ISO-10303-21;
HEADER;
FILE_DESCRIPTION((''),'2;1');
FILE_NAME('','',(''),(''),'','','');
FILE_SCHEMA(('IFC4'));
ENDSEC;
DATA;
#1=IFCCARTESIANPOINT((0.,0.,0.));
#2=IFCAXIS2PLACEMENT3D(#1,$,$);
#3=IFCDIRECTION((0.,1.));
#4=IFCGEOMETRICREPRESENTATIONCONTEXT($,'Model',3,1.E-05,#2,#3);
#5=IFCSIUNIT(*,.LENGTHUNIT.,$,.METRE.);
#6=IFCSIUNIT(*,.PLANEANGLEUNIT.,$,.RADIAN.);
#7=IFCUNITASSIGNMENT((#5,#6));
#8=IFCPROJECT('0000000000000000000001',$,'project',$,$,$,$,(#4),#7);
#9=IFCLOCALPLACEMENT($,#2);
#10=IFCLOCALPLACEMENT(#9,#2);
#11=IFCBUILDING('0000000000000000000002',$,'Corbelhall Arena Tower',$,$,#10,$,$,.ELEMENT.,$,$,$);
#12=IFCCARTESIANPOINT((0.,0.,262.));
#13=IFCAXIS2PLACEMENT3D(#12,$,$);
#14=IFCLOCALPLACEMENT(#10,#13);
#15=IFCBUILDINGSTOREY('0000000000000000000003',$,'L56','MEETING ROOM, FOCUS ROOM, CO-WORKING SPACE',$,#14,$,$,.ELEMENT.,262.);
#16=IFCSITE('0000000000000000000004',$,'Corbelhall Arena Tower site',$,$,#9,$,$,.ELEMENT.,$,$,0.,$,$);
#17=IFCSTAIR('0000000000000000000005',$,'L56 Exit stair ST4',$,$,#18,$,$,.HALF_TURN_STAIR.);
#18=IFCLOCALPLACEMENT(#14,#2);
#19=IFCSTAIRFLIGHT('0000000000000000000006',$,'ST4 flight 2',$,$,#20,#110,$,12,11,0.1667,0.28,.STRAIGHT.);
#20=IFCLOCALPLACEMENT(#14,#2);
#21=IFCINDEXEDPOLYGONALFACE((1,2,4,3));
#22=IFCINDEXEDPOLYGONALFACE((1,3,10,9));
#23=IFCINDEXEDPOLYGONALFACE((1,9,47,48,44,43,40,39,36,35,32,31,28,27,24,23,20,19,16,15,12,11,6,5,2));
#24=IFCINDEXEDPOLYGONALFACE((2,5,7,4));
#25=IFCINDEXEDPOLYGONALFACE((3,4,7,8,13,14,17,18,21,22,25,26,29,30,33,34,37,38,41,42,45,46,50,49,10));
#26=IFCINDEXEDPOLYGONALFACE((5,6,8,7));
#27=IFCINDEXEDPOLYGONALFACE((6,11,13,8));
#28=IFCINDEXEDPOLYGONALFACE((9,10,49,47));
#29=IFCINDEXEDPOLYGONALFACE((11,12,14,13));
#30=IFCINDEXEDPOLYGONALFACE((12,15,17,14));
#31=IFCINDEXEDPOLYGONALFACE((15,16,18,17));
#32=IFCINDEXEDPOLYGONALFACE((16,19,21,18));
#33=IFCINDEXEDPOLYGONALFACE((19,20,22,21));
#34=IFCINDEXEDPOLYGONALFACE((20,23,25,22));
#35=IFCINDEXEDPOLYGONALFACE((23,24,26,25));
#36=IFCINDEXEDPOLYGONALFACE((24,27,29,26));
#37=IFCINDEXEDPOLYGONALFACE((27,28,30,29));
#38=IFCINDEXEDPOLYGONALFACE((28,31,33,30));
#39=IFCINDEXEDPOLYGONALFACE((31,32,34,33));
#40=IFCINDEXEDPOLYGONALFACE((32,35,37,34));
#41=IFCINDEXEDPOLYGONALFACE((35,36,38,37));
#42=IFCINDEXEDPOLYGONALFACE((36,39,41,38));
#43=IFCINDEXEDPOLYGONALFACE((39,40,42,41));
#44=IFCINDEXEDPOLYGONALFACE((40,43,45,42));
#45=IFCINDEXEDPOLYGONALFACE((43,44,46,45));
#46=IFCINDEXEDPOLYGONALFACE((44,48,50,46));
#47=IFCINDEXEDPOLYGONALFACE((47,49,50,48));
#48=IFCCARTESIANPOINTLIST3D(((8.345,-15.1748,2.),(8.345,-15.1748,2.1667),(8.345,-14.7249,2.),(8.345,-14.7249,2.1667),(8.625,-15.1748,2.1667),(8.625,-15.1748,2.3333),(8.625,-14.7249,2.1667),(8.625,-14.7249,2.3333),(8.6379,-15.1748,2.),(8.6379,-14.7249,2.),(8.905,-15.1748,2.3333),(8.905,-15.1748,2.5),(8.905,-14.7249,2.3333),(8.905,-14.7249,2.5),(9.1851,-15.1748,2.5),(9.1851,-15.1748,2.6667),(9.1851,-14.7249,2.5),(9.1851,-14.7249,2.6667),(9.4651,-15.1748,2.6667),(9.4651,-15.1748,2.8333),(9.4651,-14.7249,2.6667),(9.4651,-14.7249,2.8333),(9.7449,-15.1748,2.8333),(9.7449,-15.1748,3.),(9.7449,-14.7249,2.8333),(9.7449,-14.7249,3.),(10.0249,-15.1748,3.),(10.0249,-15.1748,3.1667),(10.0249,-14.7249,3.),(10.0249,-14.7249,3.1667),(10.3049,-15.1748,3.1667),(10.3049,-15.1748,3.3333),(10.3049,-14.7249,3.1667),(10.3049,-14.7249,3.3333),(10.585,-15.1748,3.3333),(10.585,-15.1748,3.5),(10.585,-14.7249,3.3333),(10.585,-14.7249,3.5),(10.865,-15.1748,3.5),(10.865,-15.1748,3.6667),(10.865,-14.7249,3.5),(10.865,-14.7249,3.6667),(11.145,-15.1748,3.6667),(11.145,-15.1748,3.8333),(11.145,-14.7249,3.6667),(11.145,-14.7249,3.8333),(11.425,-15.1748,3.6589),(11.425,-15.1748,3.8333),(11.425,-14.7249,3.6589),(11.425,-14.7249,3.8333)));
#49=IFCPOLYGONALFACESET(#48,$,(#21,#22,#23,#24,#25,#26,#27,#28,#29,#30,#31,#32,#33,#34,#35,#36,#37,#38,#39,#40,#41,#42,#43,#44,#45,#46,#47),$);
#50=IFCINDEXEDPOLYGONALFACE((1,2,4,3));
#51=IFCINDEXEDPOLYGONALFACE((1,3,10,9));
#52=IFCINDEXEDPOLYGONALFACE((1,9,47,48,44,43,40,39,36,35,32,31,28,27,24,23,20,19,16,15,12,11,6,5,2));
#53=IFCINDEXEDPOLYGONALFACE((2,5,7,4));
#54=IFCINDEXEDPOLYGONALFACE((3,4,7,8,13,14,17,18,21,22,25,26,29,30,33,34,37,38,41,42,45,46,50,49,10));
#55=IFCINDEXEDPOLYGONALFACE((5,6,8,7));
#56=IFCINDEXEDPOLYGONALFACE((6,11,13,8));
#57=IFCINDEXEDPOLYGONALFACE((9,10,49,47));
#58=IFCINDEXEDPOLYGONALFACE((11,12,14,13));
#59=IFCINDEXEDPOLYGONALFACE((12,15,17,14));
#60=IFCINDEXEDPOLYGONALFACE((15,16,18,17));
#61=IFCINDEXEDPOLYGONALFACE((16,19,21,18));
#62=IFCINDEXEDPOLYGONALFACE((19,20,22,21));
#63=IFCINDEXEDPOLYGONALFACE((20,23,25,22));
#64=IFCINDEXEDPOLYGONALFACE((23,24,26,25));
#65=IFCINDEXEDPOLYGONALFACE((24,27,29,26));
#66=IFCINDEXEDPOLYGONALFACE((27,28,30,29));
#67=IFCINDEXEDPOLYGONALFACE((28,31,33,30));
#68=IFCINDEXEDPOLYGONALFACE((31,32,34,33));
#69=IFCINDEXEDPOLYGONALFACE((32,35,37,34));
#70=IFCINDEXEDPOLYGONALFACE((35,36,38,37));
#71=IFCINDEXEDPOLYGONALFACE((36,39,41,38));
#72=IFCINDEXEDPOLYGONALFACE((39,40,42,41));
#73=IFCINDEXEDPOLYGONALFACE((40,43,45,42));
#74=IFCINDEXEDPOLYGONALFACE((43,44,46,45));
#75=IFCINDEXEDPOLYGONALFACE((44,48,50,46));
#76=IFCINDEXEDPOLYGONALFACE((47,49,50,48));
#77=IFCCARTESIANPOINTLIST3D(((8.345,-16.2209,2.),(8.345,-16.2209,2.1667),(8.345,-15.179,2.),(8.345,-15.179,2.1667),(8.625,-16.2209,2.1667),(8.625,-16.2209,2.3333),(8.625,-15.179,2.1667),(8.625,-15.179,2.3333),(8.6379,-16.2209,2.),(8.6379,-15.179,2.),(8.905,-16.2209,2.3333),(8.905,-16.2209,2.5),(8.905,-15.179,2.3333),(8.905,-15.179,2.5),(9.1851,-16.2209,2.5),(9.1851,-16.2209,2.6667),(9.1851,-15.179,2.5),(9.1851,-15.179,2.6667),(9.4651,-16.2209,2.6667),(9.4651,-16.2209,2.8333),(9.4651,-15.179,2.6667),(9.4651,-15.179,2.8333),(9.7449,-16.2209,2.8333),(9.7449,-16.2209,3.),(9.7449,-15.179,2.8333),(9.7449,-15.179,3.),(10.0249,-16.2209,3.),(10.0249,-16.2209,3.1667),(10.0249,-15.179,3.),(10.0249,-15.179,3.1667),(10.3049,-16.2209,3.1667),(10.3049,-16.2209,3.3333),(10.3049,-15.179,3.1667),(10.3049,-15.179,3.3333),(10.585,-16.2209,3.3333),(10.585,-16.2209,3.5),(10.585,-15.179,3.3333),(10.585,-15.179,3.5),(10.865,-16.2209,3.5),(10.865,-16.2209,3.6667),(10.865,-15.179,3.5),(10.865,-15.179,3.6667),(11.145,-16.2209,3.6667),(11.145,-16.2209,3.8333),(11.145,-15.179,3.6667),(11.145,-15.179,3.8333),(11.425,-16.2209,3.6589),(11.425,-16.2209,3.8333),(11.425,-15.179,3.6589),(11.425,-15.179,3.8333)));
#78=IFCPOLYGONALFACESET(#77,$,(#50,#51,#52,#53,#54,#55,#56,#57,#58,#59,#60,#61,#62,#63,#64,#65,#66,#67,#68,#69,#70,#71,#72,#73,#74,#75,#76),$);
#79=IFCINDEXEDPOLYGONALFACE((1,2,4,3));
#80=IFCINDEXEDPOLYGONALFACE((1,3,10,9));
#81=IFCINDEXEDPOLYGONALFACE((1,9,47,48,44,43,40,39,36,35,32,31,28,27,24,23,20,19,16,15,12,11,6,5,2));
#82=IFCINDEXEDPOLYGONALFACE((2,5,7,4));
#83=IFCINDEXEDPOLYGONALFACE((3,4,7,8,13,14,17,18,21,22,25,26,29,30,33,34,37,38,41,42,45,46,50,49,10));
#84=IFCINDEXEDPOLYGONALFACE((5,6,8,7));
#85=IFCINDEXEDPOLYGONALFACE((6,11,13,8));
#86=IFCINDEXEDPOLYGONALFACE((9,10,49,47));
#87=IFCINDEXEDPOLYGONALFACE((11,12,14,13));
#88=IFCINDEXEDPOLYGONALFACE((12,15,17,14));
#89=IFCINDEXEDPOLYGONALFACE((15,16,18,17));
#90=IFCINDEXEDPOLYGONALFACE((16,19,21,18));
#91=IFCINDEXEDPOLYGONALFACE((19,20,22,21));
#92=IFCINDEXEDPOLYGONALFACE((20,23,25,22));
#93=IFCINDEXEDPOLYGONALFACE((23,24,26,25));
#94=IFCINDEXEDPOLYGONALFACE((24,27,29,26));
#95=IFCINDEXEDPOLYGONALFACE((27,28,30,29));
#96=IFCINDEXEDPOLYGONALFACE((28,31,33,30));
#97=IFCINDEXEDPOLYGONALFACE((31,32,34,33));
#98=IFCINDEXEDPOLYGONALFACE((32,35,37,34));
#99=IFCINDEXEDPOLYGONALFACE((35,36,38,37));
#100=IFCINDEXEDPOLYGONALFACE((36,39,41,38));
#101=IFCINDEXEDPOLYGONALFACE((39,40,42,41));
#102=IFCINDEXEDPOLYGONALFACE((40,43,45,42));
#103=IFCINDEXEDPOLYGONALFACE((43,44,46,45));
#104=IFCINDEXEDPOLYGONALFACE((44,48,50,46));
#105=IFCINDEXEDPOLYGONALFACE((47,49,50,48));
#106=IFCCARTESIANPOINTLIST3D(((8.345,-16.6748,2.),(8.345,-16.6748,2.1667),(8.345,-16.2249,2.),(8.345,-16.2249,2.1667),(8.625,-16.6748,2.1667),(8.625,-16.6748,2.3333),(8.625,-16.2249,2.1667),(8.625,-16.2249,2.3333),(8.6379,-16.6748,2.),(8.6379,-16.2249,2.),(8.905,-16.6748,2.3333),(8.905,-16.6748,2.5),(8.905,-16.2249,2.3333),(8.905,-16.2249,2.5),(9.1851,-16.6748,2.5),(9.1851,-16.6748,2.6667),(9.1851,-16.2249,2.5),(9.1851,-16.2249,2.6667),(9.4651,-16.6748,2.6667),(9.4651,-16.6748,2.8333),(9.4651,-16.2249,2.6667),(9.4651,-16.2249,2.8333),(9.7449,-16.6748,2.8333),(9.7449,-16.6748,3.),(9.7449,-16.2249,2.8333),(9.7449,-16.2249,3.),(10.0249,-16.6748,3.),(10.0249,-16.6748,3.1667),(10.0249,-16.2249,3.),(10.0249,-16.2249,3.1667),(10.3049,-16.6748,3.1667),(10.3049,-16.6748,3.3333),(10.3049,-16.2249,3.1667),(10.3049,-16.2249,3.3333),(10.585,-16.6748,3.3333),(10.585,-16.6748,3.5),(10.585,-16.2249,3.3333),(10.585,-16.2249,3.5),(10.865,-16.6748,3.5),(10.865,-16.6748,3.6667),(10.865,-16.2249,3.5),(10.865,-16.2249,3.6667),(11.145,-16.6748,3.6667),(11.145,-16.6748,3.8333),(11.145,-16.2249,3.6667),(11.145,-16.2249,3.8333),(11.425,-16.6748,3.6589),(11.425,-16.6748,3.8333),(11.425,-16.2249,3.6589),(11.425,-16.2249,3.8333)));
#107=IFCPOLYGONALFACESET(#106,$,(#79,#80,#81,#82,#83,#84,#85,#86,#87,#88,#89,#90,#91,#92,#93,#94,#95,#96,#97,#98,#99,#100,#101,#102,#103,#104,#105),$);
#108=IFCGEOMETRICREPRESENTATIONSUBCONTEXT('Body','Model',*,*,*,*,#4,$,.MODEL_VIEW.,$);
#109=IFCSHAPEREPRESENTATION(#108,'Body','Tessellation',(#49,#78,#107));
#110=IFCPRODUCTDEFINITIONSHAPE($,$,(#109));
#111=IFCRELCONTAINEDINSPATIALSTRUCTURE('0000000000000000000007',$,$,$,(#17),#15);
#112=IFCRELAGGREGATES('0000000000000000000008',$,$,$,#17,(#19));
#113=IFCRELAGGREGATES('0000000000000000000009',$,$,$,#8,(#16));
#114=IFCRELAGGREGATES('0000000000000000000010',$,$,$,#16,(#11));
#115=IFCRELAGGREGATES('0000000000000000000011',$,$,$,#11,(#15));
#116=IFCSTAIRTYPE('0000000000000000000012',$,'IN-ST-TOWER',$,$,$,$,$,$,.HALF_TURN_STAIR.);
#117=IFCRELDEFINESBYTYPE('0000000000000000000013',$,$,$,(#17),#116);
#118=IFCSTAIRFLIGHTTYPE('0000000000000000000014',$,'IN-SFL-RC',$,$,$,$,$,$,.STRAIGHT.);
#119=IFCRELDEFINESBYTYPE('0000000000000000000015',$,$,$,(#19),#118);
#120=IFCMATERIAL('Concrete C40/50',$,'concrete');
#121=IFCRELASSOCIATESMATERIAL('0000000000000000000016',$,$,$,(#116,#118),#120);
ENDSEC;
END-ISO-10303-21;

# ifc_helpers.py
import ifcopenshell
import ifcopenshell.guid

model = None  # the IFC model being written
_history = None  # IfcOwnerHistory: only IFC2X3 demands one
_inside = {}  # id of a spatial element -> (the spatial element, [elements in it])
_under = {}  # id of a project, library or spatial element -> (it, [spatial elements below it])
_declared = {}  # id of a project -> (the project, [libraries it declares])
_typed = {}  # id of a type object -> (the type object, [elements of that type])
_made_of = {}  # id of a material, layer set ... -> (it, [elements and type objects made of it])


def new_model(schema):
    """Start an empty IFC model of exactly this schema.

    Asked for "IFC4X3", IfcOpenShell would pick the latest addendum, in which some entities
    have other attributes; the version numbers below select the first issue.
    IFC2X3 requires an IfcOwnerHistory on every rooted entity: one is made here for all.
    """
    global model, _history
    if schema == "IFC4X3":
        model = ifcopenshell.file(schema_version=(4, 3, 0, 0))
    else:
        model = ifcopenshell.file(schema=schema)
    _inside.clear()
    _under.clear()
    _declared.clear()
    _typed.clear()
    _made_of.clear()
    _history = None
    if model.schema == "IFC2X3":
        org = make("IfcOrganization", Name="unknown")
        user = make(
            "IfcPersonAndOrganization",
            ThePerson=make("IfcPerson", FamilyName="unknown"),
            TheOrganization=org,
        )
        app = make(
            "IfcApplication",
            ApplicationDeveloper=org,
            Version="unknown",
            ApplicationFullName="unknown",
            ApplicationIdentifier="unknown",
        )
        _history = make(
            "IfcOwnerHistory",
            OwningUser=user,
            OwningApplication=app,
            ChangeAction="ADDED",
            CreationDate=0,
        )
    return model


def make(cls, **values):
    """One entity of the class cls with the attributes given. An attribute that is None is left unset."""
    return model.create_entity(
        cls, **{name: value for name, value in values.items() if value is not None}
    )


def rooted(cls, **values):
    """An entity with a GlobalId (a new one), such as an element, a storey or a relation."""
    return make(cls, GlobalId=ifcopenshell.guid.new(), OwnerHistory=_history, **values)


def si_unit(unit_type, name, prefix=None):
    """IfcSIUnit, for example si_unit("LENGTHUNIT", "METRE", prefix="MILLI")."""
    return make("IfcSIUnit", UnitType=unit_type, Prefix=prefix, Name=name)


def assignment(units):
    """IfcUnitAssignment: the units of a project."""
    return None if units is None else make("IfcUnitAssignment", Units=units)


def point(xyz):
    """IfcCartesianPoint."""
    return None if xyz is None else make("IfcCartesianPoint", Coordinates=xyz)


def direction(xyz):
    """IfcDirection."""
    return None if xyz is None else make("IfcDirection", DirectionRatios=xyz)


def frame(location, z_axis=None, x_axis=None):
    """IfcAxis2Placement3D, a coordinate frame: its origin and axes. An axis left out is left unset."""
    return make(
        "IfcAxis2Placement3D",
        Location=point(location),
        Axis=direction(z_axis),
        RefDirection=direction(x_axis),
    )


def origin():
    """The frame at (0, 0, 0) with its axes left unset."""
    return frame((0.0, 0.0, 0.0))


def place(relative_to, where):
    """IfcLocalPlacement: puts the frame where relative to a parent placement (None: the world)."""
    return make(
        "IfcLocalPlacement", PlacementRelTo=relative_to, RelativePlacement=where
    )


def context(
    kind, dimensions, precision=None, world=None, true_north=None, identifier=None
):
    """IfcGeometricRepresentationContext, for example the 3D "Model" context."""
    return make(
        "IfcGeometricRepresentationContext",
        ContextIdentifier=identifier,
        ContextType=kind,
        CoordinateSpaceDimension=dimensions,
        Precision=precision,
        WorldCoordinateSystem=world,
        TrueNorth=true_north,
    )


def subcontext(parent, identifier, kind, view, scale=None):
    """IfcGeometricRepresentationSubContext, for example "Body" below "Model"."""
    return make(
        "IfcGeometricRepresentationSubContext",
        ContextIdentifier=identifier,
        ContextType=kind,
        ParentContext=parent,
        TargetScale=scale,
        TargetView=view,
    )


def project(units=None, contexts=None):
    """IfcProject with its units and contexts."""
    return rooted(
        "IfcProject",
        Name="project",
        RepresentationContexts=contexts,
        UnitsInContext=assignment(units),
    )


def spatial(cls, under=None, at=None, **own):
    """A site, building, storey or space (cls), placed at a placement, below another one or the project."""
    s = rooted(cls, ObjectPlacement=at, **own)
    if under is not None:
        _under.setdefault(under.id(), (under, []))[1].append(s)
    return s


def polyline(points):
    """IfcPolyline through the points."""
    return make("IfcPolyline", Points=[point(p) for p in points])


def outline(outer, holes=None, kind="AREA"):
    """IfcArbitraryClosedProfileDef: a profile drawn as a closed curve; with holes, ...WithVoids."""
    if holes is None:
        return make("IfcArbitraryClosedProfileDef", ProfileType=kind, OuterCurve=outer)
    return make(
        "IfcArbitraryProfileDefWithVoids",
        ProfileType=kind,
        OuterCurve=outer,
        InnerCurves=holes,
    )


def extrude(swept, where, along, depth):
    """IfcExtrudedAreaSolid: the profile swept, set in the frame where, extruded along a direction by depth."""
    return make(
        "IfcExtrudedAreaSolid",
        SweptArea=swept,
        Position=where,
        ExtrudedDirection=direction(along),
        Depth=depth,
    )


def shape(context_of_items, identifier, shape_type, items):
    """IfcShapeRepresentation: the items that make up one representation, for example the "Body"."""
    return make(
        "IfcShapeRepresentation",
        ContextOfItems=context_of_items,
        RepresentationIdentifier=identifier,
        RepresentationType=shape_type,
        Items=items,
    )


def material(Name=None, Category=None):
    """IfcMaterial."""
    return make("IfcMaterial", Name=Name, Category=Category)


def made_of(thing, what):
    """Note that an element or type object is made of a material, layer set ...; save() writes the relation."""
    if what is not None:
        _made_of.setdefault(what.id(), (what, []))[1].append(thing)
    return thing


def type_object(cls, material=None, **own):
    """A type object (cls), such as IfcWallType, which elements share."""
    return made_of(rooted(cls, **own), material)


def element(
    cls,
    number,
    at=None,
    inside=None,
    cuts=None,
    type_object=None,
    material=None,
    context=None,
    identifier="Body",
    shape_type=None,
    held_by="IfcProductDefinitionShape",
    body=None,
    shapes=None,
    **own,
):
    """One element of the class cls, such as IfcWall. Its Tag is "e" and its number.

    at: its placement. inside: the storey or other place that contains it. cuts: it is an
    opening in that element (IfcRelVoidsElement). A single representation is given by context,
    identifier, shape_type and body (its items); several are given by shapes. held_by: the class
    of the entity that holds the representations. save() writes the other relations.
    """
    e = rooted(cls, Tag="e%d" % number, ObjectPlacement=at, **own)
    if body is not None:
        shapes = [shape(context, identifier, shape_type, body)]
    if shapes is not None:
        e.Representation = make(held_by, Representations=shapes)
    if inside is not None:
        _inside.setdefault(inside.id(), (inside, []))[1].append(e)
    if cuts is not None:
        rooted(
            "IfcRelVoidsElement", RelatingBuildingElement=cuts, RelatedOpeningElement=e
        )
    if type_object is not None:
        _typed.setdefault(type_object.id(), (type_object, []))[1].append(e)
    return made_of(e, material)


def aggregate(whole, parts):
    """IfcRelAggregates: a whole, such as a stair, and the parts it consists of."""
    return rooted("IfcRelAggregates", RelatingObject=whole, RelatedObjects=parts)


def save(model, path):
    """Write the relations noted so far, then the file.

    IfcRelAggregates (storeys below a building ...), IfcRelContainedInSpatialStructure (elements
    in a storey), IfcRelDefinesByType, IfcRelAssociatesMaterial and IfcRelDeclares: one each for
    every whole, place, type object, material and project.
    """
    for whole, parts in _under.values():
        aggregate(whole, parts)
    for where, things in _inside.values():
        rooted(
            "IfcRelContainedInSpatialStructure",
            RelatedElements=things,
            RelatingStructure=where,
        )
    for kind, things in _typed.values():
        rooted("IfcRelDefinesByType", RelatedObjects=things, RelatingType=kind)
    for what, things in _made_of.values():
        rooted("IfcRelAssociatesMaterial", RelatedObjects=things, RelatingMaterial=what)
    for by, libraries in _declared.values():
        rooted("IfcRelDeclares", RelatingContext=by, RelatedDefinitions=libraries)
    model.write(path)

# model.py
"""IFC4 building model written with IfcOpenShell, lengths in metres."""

from ifc_helpers import new_model, si_unit, direction, frame, origin, place, context, subcontext, project, spatial, polyline, outline, extrude, material, type_object, element, aggregate, save


model = new_model("IFC4")

# Units and contexts
model_context = context("Model", 3, precision=1e-05, world=origin(), true_north=direction((0.0, 1.0)))
body_context = subcontext(model_context, "Body", "Model", "MODEL_VIEW")
ifc_project = project(units=[si_unit("LENGTHUNIT", "METRE"), si_unit("PLANEANGLEUNIT", "RADIAN")], contexts=[model_context])

# Site, building, storey
site_placement = place(None, origin())
site = spatial("IfcSite", under=ifc_project, at=site_placement, Name="Corbelhall Arena Tower site", CompositionType="ELEMENT", RefElevation=0.0)
building_placement = place(site_placement, origin())
building = spatial("IfcBuilding", under=site, at=building_placement, Name="Corbelhall Arena Tower", CompositionType="ELEMENT")
storey_placement = place(building_placement, frame((0.0, 0.0, 262.0)))
storey = spatial("IfcBuildingStorey", under=building, at=storey_placement, Name="L56", Description="MEETING ROOM, FOCUS ROOM, CO-WORKING SPACE", CompositionType="ELEMENT", Elevation=262.0)

# Shared definitions
ifc_material_1 = material(Name="Concrete C40/50", Category="concrete")

# Stair, stair flight
stair_type = type_object("IfcStairType", Name="IN-ST-TOWER", PredefinedType="HALF_TURN_STAIR", material=ifc_material_1)
stair_placement = place(storey_placement, origin())
stair = element("IfcStair", 1, at=stair_placement, inside=storey, type_object=stair_type, Name="L56 Exit stair ST4", PredefinedType="HALF_TURN_STAIR")
stair_flight_type = type_object("IfcStairFlightType", Name="IN-SFL-RC", PredefinedType="STRAIGHT", material=ifc_material_1)
stair_flight_1_placement = place(storey_placement, frame((8.345, -15.7, 2.0), z_axis=(0.0, 0.0, 1.0), x_axis=(1.0, 0.0, 0.0)))
stair_flight_1 = element("IfcStairFlight", 2, at=stair_flight_1_placement, type_object=stair_flight_type, Name="ST4 flight 2", NumberOfRisers=12, NumberOfTreads=11, PredefinedType="STRAIGHT", RiserHeight=0.1667, TreadLength=0.28, context=body_context, shape_type="SweptSolid", body=[
    extrude(outline(polyline([(0.0, 0.0), (0.0, 0.1667), (0.28, 0.1667), (0.28, 0.3333), (0.5601, 0.3333), (0.5601, 0.5), (0.8401, 0.5), (0.8401, 0.6667), (1.1201, 0.6667), (1.1201, 0.8333), (1.3999, 0.8333), (1.3999, 1.0), (1.6799, 1.0), (1.6799, 1.1667), (1.96, 1.1667), (1.96, 1.3333), (2.24, 1.3333), (2.24, 1.5), (2.52, 1.5), (2.52, 1.6667), (2.8, 1.6667), (2.8, 1.8333), (3.0801, 1.8333), (3.0801, 2.0), (3.0801, 1.6589), (0.293, 0.0), (0.0, 0.0)])), frame((0.0, 0.9751, 0.0), z_axis=(0.0, -1.0, 0.0), x_axis=(1.0, 0.0, 0.0)), (0.0, 0.0, 1.0), 0.45),
    extrude(outline(polyline([(0.0, 0.0), (0.0, 0.1667), (0.28, 0.1667), (0.28, 0.3333), (0.5601, 0.3333), (0.5601, 0.5), (0.8401, 0.5), (0.8401, 0.6667), (1.1201, 0.6667), (1.1201, 0.8333), (1.3999, 0.8333), (1.3999, 1.0), (1.6799, 1.0), (1.6799, 1.1667), (1.96, 1.1667), (1.96, 1.3333), (2.24, 1.3333), (2.24, 1.5), (2.52, 1.5), (2.52, 1.6667), (2.8, 1.6667), (2.8, 1.8333), (3.0801, 1.8333), (3.0801, 2.0), (3.0801, 1.6589), (0.293, 0.0), (0.0, 0.0)])), frame((0.0, 0.521, 0.0), z_axis=(0.0, -1.0, 0.0), x_axis=(1.0, 0.0, 0.0)), (0.0, 0.0, 1.0), 1.042),
    extrude(outline(polyline([(0.0, 0.0), (0.0, 0.1667), (0.28, 0.1667), (0.28, 0.3333), (0.5601, 0.3333), (0.5601, 0.5), (0.8401, 0.5), (0.8401, 0.6667), (1.1201, 0.6667), (1.1201, 0.8333), (1.3999, 0.8333), (1.3999, 1.0), (1.6799, 1.0), (1.6799, 1.1667), (1.96, 1.1667), (1.96, 1.3333), (2.24, 1.3333), (2.24, 1.5), (2.52, 1.5), (2.52, 1.6667), (2.8, 1.6667), (2.8, 1.8333), (3.0801, 1.8333), (3.0801, 2.0), (3.0801, 1.6589), (0.293, 0.0), (0.0, 0.0)])), frame((0.0, -0.5249, 0.0), z_axis=(0.0, -1.0, 0.0), x_axis=(1.0, 0.0, 0.0)), (0.0, 0.0, 1.0), 0.45),
])
aggregate(stair, [stair_flight_1])

save(model, "model.ifc")
